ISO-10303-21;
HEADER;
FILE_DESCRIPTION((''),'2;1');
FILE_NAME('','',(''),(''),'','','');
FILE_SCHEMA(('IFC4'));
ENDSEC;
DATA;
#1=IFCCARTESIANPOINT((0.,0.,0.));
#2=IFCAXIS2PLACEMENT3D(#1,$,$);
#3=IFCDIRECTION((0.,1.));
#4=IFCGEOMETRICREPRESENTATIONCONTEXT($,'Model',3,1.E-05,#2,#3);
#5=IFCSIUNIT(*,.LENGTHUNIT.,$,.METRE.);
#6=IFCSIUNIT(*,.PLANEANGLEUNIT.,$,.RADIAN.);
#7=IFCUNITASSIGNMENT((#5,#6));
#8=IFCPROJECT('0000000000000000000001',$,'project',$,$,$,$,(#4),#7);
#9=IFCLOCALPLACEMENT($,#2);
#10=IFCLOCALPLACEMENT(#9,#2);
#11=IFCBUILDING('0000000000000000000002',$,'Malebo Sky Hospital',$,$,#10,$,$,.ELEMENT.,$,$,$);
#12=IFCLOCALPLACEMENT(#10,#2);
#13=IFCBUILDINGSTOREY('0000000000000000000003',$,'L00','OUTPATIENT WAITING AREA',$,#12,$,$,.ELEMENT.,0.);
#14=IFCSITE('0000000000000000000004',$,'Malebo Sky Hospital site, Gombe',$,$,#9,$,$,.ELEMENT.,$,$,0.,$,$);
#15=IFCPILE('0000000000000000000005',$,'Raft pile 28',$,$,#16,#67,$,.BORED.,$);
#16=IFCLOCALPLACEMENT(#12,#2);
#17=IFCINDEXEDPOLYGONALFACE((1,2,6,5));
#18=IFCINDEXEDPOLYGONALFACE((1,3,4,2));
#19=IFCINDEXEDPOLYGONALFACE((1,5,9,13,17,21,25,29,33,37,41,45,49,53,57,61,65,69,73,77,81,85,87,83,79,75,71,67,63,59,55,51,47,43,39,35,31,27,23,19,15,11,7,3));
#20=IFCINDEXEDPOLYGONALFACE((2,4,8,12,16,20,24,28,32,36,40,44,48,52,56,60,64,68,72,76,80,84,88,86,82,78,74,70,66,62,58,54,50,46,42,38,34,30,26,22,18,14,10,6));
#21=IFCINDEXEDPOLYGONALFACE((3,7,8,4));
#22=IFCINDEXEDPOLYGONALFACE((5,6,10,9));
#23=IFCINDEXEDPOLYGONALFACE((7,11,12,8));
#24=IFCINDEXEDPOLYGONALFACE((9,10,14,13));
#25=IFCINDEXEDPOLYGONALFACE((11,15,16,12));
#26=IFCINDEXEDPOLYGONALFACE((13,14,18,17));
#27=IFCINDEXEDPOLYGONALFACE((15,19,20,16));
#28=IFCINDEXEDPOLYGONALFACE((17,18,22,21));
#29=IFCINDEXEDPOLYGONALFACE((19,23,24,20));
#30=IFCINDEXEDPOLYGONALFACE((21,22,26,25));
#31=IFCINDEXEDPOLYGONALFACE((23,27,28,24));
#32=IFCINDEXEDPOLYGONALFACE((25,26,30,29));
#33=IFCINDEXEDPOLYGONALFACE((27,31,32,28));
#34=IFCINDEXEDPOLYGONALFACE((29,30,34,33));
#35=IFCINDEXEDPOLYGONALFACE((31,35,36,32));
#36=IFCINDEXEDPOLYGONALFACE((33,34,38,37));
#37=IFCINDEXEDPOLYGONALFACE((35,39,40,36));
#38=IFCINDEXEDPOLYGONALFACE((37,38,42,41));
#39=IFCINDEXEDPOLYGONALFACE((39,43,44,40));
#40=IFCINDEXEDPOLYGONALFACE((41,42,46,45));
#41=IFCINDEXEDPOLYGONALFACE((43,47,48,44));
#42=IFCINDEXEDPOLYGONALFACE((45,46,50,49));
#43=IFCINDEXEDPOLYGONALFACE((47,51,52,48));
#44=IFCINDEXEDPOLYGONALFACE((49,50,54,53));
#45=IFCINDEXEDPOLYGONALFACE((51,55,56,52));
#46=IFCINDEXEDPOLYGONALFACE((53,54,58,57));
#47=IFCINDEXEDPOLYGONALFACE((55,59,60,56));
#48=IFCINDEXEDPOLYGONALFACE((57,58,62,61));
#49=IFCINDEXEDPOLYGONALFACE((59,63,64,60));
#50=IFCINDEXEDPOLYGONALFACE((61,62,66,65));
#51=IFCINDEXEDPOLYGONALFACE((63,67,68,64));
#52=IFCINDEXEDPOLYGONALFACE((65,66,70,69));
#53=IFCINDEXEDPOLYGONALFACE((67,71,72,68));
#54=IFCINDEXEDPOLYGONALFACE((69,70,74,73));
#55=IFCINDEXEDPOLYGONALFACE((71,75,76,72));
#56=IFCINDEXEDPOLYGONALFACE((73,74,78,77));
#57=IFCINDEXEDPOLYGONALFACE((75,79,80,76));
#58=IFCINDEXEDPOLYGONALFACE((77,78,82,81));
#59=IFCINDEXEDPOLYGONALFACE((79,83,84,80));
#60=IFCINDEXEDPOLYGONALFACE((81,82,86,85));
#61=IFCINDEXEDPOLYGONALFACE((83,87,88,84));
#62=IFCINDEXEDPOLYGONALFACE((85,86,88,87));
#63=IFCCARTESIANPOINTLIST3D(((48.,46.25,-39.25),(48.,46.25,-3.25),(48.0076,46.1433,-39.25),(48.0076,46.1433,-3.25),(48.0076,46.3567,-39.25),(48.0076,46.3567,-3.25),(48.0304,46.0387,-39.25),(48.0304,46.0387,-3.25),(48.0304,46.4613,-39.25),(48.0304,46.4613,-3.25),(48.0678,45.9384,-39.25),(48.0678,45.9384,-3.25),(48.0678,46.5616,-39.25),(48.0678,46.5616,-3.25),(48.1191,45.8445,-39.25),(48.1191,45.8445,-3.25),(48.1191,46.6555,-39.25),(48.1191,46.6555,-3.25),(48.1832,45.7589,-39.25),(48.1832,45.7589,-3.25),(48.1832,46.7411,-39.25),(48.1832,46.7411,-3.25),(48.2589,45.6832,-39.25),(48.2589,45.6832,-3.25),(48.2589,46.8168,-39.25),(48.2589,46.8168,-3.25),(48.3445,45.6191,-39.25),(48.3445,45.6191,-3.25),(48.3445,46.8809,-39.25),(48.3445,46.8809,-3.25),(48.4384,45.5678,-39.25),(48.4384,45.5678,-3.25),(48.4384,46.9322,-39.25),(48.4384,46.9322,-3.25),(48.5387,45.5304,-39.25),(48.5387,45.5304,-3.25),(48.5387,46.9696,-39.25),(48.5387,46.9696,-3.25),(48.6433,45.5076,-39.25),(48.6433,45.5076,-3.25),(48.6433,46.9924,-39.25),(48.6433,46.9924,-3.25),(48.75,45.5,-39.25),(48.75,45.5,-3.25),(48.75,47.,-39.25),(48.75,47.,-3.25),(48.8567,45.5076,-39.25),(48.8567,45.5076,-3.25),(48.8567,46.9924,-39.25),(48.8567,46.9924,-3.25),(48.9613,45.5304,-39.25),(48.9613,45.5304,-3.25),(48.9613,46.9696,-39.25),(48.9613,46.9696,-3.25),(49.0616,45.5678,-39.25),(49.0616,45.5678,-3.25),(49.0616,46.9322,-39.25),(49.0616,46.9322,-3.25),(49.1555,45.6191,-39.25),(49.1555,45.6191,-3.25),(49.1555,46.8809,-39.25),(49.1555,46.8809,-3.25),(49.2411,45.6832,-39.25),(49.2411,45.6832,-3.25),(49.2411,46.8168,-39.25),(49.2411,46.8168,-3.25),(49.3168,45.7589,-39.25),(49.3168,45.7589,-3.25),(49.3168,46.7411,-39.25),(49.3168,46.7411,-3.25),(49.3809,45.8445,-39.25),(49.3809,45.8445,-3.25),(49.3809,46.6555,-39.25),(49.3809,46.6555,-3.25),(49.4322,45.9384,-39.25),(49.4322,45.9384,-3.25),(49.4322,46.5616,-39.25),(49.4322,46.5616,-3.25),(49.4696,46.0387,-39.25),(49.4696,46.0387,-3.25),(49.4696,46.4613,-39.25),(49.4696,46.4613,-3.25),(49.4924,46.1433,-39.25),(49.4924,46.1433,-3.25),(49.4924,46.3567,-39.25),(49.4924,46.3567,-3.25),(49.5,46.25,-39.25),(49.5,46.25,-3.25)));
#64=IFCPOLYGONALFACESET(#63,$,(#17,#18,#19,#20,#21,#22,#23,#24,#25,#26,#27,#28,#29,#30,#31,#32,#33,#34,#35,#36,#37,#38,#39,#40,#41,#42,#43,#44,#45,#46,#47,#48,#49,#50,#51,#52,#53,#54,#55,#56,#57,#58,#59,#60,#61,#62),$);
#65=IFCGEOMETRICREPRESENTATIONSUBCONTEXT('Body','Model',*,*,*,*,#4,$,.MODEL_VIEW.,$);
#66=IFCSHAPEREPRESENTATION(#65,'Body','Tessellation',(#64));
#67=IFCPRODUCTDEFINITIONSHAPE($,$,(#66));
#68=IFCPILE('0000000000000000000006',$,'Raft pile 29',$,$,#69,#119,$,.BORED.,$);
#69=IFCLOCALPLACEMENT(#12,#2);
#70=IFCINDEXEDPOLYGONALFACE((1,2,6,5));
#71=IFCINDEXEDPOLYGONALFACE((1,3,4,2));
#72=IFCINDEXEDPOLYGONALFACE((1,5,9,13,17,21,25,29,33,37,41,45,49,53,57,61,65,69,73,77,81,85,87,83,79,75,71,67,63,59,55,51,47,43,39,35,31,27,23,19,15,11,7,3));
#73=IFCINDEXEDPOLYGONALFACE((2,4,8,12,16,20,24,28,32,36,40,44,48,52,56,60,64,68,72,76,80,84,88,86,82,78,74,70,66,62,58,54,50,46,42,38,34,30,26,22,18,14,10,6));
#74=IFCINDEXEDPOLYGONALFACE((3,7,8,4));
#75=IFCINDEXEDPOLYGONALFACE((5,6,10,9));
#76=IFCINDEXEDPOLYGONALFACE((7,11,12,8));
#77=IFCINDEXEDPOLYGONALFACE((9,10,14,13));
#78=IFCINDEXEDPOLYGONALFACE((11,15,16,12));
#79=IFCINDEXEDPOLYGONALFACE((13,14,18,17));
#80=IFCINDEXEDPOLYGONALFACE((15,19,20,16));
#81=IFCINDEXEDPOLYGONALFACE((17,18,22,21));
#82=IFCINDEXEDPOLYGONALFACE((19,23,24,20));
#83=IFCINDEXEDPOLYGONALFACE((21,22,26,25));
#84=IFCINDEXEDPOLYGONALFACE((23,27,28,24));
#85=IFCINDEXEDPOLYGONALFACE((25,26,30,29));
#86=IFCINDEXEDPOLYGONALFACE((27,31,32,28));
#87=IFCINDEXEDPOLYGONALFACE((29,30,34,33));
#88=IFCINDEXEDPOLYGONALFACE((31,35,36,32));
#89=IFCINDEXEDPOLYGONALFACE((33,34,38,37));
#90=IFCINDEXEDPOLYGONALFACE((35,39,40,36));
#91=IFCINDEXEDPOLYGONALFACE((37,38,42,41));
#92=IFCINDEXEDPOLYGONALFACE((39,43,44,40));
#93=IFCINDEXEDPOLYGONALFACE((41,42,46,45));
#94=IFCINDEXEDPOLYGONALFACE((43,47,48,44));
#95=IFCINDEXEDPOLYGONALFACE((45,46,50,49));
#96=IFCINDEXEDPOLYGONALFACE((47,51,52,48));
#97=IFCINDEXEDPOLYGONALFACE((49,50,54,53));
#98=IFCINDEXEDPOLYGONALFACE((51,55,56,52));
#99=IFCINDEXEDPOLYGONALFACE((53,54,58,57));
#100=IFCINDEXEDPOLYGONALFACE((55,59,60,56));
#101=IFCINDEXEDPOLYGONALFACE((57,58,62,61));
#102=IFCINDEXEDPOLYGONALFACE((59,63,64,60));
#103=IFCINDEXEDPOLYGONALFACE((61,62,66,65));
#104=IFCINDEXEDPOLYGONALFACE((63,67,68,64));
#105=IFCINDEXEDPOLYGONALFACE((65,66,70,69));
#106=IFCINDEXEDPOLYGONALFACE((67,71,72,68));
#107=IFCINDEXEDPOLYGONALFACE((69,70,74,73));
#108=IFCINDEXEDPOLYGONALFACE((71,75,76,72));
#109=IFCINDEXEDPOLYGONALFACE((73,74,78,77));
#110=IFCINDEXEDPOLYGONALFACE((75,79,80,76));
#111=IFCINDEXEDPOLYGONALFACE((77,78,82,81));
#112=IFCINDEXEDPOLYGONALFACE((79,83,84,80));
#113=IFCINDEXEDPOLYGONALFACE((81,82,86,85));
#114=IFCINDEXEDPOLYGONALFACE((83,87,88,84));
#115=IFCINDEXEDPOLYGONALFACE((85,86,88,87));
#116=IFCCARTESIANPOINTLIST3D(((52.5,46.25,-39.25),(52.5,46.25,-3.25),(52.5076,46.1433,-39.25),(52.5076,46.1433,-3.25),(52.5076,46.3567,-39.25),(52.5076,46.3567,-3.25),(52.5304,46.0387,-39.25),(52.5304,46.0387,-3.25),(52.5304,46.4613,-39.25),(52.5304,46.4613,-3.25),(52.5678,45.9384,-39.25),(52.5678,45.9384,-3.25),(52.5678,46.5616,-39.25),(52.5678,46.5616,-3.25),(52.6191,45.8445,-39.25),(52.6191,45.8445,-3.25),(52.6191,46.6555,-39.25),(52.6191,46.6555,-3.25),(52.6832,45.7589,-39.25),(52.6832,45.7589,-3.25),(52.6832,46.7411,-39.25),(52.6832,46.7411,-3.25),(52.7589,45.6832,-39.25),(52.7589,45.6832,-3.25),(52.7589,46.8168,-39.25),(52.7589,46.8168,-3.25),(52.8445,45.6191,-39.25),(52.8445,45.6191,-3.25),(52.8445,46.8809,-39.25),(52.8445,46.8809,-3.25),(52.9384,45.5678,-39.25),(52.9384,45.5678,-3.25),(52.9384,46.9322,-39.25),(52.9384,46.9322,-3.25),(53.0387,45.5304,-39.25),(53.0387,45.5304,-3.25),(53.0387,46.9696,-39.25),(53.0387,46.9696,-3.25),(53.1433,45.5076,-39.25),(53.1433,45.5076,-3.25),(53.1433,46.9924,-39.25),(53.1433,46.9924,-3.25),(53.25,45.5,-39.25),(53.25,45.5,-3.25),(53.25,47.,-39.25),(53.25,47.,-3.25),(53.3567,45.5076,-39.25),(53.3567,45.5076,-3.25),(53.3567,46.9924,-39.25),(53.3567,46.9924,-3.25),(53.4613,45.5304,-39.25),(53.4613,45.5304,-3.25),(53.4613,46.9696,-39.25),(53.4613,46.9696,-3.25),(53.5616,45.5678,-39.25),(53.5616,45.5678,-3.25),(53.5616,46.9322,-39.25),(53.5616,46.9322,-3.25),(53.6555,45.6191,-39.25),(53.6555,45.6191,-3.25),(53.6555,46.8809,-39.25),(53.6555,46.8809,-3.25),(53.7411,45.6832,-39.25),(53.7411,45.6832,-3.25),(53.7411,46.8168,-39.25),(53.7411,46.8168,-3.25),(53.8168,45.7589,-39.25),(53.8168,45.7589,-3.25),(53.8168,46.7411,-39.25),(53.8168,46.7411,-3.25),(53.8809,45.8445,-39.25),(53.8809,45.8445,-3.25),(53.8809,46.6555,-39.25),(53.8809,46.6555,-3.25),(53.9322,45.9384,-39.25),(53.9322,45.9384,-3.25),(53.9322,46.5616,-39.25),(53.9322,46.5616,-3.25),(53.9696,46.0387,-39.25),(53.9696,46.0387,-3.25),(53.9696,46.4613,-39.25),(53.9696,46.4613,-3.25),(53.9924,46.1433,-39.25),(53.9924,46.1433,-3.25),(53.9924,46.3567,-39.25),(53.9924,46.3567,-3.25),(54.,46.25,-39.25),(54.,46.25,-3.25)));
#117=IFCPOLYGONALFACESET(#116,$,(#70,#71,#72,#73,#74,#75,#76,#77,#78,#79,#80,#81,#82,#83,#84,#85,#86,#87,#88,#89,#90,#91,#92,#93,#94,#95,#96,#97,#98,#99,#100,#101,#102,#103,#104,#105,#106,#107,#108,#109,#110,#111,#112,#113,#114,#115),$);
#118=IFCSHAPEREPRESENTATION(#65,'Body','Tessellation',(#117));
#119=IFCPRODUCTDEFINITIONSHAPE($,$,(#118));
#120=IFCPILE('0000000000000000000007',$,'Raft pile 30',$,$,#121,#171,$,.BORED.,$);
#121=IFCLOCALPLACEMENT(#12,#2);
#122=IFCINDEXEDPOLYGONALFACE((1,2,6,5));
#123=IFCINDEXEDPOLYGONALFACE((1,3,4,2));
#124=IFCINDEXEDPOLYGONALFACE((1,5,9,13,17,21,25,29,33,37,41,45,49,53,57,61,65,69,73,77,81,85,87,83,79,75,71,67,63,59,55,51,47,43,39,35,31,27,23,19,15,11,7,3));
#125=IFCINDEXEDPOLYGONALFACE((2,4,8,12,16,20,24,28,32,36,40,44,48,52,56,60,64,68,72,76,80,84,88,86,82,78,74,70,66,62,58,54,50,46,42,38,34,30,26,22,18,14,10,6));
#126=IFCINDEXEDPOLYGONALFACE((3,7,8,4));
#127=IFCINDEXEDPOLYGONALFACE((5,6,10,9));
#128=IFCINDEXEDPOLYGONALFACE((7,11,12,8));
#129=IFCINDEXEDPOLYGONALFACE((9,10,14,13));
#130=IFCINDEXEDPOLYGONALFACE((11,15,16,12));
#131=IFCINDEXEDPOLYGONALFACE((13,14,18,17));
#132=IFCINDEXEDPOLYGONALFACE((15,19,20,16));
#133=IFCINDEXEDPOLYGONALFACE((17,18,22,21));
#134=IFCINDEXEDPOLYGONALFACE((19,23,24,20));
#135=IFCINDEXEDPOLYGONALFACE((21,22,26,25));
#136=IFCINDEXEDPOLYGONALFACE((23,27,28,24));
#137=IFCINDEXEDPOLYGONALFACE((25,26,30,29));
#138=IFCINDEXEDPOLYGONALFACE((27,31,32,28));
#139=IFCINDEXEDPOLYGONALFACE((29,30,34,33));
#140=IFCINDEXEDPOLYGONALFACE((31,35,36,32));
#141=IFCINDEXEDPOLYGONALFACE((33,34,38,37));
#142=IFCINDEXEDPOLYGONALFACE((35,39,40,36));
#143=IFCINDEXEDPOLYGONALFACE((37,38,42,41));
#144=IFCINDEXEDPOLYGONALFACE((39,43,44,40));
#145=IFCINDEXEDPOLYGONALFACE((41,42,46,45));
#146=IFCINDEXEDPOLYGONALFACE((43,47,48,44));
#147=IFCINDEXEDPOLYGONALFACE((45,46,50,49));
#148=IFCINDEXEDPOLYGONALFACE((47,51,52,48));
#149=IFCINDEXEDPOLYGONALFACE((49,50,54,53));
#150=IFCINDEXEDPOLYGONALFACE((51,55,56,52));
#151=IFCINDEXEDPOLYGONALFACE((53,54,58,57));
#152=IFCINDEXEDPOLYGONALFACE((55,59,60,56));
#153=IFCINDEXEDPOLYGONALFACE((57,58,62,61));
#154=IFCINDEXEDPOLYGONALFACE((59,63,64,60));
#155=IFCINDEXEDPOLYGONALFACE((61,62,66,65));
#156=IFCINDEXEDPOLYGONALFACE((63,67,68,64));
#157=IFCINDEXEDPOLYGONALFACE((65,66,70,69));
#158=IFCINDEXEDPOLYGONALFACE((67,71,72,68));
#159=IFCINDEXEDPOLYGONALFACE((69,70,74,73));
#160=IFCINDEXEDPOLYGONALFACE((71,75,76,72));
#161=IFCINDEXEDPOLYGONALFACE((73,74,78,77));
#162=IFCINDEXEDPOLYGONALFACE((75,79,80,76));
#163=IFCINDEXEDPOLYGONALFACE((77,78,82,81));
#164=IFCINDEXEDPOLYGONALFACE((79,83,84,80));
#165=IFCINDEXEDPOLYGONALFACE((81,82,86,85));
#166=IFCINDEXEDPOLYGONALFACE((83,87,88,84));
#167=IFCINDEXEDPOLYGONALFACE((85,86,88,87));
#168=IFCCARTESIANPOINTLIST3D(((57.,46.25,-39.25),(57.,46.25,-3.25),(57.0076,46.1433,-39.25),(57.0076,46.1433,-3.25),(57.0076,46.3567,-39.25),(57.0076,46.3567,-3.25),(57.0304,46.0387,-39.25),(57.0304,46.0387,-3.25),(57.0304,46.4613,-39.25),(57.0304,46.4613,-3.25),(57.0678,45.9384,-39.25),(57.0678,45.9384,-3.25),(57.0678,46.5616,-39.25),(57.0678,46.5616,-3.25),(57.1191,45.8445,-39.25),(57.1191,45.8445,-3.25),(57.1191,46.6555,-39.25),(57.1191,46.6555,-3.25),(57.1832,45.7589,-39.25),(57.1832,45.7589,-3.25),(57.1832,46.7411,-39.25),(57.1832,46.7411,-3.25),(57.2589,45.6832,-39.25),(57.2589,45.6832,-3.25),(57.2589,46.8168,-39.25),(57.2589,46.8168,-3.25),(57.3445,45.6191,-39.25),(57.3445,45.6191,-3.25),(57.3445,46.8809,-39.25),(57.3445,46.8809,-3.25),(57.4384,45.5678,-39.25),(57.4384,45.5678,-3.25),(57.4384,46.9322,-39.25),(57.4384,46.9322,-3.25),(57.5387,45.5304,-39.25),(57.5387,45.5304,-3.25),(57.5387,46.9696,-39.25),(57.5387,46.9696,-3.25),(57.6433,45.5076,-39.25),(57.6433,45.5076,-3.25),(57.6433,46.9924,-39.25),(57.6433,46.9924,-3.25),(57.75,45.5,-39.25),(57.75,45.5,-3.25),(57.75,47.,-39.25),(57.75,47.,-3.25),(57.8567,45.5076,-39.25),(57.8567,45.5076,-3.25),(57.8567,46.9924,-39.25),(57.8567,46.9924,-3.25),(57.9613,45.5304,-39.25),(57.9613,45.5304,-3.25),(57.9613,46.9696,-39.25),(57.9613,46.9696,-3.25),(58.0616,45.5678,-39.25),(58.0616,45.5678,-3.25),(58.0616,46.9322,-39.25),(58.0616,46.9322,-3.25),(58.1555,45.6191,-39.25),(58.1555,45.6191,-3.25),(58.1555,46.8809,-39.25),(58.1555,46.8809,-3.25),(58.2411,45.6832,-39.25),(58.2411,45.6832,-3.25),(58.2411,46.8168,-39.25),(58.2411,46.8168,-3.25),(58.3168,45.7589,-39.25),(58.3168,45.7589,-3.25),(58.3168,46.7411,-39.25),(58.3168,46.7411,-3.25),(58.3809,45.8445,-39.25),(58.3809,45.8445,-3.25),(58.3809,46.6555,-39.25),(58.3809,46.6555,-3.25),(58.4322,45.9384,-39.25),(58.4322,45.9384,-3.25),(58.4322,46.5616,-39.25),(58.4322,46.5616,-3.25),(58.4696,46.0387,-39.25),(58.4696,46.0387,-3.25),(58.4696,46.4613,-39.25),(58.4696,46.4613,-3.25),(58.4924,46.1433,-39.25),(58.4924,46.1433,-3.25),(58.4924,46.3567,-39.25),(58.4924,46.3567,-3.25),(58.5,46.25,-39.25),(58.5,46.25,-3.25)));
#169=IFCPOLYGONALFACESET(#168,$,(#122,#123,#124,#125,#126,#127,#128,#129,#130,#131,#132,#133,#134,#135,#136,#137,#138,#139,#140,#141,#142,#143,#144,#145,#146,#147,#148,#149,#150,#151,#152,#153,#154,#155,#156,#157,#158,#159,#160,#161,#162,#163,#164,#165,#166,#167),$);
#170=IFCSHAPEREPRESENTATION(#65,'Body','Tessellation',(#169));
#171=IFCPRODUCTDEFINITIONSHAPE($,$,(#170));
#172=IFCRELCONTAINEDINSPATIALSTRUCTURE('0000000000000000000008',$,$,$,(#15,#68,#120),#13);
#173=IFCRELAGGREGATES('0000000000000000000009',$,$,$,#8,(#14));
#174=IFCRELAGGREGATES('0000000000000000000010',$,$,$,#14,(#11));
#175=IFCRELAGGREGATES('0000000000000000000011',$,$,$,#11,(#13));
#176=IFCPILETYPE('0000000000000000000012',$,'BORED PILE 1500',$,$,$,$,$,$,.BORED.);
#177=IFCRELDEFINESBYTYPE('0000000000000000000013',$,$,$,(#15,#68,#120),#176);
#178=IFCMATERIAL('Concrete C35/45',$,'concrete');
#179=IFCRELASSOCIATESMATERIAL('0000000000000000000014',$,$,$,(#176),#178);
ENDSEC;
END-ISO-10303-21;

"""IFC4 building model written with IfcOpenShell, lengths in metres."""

from ifc_helpers import new_model, si_unit, direction, frame, origin, origin_2d, place, context, subcontext, project, spatial, circle, extrude, material, material_profile, profile_set, type_object, element, save


model = new_model("IFC4")

# Units and contexts
model_context = context("Model", 3, precision=1e-05, world=origin(), true_north=direction((0.0, 1.0)))
body_context = subcontext(model_context, "Body", "Model", "MODEL_VIEW")
ifc_project = project(units=[si_unit("LENGTHUNIT", "METRE"), si_unit("PLANEANGLEUNIT", "RADIAN")], contexts=[model_context])

# Site, building, storey
site_placement = place(None, origin())
site = spatial("IfcSite", under=ifc_project, at=site_placement, Name="Malebo Sky Hospital site, Gombe", CompositionType="ELEMENT", RefElevation=0.0)
building_placement = place(site_placement, origin())
building = spatial("IfcBuilding", under=site, at=building_placement, Name="Malebo Sky Hospital", CompositionType="ELEMENT")
storey_placement = place(building_placement, origin())
storey = spatial("IfcBuildingStorey", under=building, at=storey_placement, Name="L00", Description="OUTPATIENT WAITING AREA", CompositionType="ELEMENT", Elevation=0.0)

# Piles
ifc_material_1 = material(Name="Concrete C35/45", Category="concrete")
ifc_material_profile_1 = material_profile(ifc_material_1, circle(Radius=0.75, at=origin_2d()), Name="BP 1500")
ifc_profile_set_1 = profile_set([ifc_material_profile_1], Name="Concrete C35/45")
pile_type = type_object("IfcPileType", Name="BORED PILE 1500", PredefinedType="BORED", material=ifc_profile_set_1)
for number, where, z_axis, x_axis, name in (
    (1, (48.75, 46.25, -3.25), (0.0, 0.0, -1.0), (1.0, 0.0, 0.0), "Raft pile 28"),
    (2, (53.25, 46.25, -3.25), (0.0, 0.0, -1.0), (1.0, 0.0, 0.0), "Raft pile 29"),
    (3, (57.75, 46.25, -3.25), (0.0, 0.0, -1.0), (1.0, 0.0, 0.0), "Raft pile 30"),
):
    element("IfcPile", number, at=place(storey_placement, frame(where, z_axis=z_axis, x_axis=x_axis)), inside=storey, type_object=pile_type, Name=name, PredefinedType="BORED", context=body_context, shape_type="SweptSolid", body=[
        extrude(circle(Radius=0.75, at=origin_2d()), origin(), (0.0, 0.0, 1.0), 36.0),
    ])

save(model, "model.ifc")
